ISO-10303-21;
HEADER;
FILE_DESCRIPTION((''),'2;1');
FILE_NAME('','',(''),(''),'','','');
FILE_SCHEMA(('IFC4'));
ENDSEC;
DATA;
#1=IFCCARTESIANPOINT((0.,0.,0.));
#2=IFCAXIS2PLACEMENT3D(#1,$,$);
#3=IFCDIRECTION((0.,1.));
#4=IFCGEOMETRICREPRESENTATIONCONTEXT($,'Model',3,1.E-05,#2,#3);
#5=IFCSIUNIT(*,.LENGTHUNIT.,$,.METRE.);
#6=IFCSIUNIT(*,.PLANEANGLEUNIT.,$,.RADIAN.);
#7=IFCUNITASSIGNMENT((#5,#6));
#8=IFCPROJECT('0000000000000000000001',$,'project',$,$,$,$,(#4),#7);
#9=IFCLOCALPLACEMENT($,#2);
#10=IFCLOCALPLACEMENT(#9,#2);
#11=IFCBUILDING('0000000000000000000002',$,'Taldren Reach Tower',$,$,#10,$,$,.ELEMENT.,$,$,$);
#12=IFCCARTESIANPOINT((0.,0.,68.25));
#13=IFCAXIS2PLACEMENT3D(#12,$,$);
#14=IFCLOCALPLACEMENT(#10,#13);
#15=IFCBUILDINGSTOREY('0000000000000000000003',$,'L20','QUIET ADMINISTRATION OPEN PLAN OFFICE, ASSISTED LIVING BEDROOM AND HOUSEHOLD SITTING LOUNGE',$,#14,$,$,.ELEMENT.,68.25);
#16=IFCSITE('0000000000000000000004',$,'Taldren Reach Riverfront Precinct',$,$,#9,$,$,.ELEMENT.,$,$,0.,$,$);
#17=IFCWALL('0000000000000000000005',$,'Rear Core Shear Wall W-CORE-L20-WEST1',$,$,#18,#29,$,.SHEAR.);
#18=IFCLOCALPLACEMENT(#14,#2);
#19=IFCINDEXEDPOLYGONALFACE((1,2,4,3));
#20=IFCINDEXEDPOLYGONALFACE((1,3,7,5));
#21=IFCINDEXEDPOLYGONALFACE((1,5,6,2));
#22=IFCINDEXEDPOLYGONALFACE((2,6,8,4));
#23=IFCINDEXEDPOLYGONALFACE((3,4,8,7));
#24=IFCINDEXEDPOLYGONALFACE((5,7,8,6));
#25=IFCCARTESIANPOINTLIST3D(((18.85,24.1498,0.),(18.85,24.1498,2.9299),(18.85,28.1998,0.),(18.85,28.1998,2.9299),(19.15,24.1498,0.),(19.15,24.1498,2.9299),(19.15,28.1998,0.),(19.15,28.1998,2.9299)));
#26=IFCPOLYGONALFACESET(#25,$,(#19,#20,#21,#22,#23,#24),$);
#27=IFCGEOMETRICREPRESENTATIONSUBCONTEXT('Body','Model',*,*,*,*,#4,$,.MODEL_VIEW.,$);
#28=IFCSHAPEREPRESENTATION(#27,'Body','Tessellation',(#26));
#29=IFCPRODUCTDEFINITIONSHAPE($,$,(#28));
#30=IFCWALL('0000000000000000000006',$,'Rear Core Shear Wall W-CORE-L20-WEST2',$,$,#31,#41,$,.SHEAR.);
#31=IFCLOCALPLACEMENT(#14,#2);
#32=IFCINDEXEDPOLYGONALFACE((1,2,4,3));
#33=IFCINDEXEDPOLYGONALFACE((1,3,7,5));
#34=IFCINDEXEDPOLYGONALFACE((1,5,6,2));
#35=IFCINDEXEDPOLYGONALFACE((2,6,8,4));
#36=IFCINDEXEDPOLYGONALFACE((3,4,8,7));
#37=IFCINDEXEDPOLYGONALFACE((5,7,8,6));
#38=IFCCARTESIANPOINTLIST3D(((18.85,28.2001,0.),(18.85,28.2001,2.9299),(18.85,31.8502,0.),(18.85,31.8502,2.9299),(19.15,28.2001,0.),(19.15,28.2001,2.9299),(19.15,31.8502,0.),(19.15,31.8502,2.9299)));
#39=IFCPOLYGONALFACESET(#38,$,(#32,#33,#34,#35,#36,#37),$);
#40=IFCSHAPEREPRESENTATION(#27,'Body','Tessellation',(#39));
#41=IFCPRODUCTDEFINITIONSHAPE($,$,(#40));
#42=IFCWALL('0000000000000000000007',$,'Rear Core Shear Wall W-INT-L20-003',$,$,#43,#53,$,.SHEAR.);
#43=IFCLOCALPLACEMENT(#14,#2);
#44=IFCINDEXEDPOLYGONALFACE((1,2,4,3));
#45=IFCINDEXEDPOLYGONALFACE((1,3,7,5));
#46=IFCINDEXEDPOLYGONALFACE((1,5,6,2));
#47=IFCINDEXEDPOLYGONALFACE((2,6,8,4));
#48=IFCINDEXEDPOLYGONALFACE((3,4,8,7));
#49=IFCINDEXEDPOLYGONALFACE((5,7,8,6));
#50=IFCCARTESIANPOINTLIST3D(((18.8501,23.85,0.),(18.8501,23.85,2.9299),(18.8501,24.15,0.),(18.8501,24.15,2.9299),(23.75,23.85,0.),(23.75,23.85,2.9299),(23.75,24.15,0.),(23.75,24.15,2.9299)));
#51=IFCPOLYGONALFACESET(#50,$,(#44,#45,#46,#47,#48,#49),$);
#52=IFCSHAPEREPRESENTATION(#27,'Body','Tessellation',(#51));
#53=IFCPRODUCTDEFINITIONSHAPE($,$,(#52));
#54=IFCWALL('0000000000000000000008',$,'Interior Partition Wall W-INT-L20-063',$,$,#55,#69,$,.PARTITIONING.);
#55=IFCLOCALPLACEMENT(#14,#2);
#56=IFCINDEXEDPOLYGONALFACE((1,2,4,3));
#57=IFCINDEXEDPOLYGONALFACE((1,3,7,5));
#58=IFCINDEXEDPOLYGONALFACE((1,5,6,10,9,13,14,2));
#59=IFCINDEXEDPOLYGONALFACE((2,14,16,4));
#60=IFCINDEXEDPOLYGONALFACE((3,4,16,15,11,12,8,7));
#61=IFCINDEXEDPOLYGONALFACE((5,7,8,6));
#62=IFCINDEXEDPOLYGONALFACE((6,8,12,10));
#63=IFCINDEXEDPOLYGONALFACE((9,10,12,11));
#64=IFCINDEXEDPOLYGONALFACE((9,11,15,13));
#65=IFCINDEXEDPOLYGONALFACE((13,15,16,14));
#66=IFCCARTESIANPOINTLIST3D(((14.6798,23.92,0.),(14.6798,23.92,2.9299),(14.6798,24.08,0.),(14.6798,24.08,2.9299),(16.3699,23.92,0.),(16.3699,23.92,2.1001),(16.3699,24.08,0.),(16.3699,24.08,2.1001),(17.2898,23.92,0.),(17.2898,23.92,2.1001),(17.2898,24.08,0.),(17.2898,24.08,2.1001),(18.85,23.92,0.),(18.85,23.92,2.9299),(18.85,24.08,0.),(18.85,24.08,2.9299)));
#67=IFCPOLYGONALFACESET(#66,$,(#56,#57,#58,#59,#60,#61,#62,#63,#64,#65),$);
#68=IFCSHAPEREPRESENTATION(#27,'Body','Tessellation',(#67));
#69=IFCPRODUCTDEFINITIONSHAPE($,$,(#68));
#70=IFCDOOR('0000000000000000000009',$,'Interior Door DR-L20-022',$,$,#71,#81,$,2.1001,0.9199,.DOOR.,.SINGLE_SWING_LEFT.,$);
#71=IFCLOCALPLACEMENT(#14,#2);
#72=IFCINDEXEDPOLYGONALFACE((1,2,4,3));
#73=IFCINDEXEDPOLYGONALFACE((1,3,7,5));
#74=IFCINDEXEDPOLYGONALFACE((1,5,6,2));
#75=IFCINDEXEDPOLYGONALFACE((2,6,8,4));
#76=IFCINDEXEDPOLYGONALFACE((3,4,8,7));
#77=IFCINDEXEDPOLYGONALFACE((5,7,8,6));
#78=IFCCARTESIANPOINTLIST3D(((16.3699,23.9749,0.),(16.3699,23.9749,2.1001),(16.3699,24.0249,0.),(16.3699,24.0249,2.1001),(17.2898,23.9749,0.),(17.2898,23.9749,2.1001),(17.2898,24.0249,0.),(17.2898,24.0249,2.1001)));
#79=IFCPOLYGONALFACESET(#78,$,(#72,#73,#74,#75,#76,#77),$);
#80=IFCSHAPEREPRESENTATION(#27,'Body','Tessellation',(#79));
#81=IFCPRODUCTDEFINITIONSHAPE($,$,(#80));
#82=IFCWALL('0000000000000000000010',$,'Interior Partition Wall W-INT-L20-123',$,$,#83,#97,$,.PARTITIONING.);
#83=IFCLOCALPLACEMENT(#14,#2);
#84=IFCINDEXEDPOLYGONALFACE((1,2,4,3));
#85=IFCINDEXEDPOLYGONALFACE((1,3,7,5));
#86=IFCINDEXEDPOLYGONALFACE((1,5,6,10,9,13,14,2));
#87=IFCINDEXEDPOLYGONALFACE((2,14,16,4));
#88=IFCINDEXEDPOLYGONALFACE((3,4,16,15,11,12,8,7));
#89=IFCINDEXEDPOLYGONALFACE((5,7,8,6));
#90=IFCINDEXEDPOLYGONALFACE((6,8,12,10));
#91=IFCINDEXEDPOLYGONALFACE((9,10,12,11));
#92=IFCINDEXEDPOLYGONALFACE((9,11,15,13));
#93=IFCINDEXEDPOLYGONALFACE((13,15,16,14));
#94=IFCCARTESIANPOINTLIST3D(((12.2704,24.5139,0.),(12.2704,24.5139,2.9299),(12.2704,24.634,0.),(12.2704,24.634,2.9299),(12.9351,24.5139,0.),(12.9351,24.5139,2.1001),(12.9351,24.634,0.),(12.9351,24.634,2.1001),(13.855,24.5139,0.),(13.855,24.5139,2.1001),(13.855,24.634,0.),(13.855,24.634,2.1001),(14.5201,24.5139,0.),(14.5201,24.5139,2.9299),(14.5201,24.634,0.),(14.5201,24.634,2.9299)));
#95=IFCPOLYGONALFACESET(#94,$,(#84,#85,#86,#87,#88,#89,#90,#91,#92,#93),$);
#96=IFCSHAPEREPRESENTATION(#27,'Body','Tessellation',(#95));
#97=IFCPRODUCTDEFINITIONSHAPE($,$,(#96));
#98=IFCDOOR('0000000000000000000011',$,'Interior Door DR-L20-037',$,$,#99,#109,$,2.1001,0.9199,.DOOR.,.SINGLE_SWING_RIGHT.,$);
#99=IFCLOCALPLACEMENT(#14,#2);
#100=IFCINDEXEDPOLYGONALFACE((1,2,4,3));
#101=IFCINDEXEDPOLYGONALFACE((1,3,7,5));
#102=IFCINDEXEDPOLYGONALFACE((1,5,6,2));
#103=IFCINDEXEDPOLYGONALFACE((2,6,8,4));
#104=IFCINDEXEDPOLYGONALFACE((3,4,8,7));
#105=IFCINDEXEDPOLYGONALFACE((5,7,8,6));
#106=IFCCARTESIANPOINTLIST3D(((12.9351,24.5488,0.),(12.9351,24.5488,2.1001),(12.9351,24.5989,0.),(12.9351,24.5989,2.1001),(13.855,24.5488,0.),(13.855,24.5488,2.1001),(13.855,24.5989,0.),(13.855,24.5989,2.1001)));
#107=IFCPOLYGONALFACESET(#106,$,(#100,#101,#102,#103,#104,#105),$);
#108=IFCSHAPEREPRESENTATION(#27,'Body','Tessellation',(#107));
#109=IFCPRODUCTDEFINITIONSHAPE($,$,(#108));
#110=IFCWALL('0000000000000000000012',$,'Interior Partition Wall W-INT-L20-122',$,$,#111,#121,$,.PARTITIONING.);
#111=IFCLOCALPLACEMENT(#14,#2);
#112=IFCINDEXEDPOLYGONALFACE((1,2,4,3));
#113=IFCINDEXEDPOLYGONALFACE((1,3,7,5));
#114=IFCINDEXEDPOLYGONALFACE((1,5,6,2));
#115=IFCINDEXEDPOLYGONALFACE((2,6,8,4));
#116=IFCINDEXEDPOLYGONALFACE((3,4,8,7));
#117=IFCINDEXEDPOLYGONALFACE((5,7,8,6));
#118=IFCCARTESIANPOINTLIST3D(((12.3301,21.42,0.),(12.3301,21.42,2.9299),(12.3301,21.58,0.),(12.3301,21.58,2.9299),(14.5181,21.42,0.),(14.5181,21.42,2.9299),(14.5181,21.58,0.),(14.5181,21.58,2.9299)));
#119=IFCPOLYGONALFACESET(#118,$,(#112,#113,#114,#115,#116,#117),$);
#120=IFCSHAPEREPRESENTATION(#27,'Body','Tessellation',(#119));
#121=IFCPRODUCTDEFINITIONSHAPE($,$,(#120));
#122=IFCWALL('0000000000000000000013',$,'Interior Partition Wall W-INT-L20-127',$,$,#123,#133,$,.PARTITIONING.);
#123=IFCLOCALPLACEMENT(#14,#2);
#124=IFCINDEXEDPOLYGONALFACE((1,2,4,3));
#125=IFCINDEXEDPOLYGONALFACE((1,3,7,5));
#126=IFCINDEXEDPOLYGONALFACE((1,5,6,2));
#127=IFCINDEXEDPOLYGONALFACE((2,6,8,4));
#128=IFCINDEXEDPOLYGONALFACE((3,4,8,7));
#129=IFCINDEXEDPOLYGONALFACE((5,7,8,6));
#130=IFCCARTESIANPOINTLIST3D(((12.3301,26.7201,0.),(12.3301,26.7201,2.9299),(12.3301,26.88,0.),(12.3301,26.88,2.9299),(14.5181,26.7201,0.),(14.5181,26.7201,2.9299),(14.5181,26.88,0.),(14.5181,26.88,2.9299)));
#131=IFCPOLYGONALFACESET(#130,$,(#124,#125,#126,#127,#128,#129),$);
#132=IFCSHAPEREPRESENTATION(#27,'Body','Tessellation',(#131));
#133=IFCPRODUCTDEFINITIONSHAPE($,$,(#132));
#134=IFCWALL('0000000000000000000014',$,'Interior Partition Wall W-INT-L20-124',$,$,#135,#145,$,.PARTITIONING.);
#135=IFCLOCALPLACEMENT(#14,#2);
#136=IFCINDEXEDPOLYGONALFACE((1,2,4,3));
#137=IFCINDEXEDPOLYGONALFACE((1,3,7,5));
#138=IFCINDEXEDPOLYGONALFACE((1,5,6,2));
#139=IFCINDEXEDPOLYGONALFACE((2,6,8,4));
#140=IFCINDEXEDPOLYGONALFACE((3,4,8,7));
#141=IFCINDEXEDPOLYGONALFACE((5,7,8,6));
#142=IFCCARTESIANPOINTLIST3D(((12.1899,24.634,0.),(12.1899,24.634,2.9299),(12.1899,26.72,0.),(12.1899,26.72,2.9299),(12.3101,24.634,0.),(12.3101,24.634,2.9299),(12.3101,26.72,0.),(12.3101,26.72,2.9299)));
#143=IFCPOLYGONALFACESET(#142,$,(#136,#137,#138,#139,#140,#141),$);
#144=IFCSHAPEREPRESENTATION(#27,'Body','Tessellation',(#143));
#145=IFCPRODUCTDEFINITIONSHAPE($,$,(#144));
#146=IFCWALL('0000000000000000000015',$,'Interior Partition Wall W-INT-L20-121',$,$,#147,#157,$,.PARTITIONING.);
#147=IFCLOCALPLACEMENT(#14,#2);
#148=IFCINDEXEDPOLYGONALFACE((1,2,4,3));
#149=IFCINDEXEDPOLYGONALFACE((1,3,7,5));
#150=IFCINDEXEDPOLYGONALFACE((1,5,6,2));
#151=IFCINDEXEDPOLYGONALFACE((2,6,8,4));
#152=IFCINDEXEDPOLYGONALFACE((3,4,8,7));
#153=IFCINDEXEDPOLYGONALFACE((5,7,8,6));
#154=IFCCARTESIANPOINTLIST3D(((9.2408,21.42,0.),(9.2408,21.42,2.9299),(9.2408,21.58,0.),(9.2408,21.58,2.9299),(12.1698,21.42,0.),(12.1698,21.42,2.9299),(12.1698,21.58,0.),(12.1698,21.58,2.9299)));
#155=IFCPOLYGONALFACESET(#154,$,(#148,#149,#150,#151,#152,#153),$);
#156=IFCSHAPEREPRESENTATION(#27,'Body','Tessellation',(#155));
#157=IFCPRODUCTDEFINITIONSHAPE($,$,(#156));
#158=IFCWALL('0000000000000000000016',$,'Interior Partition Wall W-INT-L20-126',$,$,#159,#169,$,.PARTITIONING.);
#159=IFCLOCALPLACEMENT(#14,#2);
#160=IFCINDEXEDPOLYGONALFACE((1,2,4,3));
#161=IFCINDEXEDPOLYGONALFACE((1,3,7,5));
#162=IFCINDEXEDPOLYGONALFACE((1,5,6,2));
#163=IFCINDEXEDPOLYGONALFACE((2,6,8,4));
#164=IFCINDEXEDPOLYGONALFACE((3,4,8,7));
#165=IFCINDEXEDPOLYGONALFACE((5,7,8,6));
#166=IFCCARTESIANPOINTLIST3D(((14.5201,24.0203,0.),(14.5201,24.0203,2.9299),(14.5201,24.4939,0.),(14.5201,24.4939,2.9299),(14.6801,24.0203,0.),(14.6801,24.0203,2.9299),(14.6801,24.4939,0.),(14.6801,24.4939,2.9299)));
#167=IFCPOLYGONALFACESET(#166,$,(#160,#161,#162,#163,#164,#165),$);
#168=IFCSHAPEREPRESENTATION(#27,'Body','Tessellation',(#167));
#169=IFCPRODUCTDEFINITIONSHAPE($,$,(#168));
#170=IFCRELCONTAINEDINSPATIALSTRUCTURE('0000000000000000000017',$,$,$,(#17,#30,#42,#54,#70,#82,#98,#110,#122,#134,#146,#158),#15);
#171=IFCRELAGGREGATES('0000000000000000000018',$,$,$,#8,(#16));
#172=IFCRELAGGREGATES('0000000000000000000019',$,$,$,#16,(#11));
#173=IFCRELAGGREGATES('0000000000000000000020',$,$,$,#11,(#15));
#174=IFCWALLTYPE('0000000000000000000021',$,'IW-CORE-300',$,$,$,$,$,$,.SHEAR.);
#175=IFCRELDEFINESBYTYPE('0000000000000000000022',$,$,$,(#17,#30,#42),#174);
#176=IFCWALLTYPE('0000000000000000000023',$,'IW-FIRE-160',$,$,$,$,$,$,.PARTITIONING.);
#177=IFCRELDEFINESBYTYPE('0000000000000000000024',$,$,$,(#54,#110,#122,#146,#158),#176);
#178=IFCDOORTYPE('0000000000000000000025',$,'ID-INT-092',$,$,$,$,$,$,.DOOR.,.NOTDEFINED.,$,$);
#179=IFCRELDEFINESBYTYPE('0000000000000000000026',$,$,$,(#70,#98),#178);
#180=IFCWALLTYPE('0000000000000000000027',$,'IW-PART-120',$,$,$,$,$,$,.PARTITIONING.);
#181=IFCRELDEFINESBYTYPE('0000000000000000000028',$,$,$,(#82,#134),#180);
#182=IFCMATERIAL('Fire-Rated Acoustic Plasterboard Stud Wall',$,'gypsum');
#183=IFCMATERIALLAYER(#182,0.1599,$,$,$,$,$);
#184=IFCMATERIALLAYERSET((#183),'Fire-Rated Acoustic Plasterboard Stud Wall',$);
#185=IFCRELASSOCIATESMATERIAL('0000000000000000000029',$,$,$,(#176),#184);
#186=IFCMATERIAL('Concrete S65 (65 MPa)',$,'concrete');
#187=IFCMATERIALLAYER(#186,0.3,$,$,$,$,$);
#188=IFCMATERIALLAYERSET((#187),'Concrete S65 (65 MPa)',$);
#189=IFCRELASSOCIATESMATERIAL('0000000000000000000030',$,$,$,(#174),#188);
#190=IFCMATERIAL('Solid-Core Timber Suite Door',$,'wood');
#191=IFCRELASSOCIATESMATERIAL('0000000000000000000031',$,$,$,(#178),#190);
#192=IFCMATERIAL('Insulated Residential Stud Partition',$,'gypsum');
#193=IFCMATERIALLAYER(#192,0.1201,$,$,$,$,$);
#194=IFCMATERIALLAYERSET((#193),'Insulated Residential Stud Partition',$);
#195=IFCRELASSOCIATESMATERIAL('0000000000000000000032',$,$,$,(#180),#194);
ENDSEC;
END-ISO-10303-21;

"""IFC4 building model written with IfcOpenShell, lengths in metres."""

from ifc_helpers import new_model, si_unit, direction, frame, frame_2d, origin, place, context, subcontext, project, spatial, rectangle, extrude, source, transform, mapped, material, layer, layer_set, type_object, element, fill, save


model = new_model("IFC4")

# Units and contexts
model_context = context("Model", 3, precision=1e-05, world=origin(), true_north=direction((0.0, 1.0)))
body_context = subcontext(model_context, "Body", "Model", "MODEL_VIEW")
ifc_project = project(units=[si_unit("LENGTHUNIT", "METRE"), si_unit("PLANEANGLEUNIT", "RADIAN")], contexts=[model_context])

# Site, building, storey
site_placement = place(None, origin())
site = spatial("IfcSite", under=ifc_project, at=site_placement, Name="Taldren Reach Riverfront Precinct", CompositionType="ELEMENT", RefElevation=0.0)
building_placement = place(site_placement, origin())
building = spatial("IfcBuilding", under=site, at=building_placement, Name="Taldren Reach Tower", CompositionType="ELEMENT")
storey_placement = place(building_placement, frame((0.0, 0.0, 68.25)))
storey = spatial("IfcBuildingStorey", under=building, at=storey_placement, Name="L20", Description="QUIET ADMINISTRATION OPEN PLAN OFFICE, ASSISTED LIVING BEDROOM AND HOUSEHOLD SITTING LOUNGE", CompositionType="ELEMENT", Elevation=68.25)

# Shared definitions
ifc_material_1 = material(Name="Concrete S65 (65 MPa)", Category="concrete")

# Shared definitions
ifc_material_2 = material(Name="Fire-Rated Acoustic Plasterboard Stud Wall", Category="gypsum")
ifc_layer_1 = layer(ifc_material_2, 0.1599)
ifc_layer_set_1 = layer_set([ifc_layer_1], Name="Fire-Rated Acoustic Plasterboard Stud Wall")
wall_type_1 = type_object("IfcWallType", Name="IW-FIRE-160", PredefinedType="PARTITIONING", material=ifc_layer_set_1)

# Walls
ifc_layer_2 = layer(ifc_material_1, 0.3)
ifc_layer_set_2 = layer_set([ifc_layer_2], Name="Concrete S65 (65 MPa)")
wall_type_2 = type_object("IfcWallType", Name="IW-CORE-300", PredefinedType="SHEAR", material=ifc_layer_set_2)
shared_shape_1 = source(origin(), body_context, "Body", "SweptSolid", [
    extrude(rectangle(XDim=4.05, YDim=0.3, at=frame_2d((2.0249, 0.0))), origin(), (0.0, 0.0, 1.0), 2.9299),
])
wall_1_placement = place(storey_placement, frame((19.0, 24.1499, 0.0), z_axis=(0.0, 0.0, 1.0), x_axis=(0.0, 1.0, 0.0)))
element("IfcWall", 1, at=wall_1_placement, inside=storey, type_object=wall_type_2, Name="Rear Core Shear Wall W-CORE-L20-WEST1", PredefinedType="SHEAR", context=body_context, shape_type="MappedRepresentation", body=[
    mapped(shared_shape_1, transform((0.0, 0.0, 0.0), scale=1.0)),
])
shared_shape_2 = source(origin(), body_context, "Body", "SweptSolid", [
    extrude(rectangle(XDim=3.6501, YDim=0.3, at=frame_2d((1.8252, 0.0))), origin(), (0.0, 0.0, 1.0), 2.9299),
])
wall_2_placement = place(storey_placement, frame((19.0, 28.2, 0.0), z_axis=(0.0, 0.0, 1.0), x_axis=(0.0, 1.0, 0.0)))
element("IfcWall", 2, at=wall_2_placement, inside=storey, type_object=wall_type_2, Name="Rear Core Shear Wall W-CORE-L20-WEST2", PredefinedType="SHEAR", context=body_context, shape_type="MappedRepresentation", body=[
    mapped(shared_shape_2, transform((0.0, 0.0, 0.0), scale=1.0)),
])
shared_shape_3 = source(origin(), body_context, "Body", "SweptSolid", [
    extrude(rectangle(XDim=4.8999, YDim=0.3, at=frame_2d((2.45, 0.0))), origin(), (0.0, 0.0, 1.0), 2.9299),
])
wall_3_placement = place(storey_placement, frame((18.8501, 24.0, 0.0), z_axis=(0.0, 0.0, 1.0), x_axis=(1.0, 0.0, 0.0)))
element("IfcWall", 3, at=wall_3_placement, inside=storey, type_object=wall_type_2, Name="Rear Core Shear Wall W-INT-L20-003", PredefinedType="SHEAR", context=body_context, shape_type="MappedRepresentation", body=[
    mapped(shared_shape_3, transform((0.0, 0.0, 0.0), scale=1.0)),
])

# Walls, openings, doors
shared_shape_4 = source(origin(), body_context, "Body", "SweptSolid", [
    extrude(rectangle(XDim=4.1702, YDim=0.1599, at=frame_2d((2.085, 0.0))), origin(), (0.0, 0.0, 1.0), 2.9299),
])
wall_4_placement = place(storey_placement, frame((14.6799, 24.0, 0.0), z_axis=(0.0, 0.0, 1.0), x_axis=(1.0, 0.0, 0.0)))
wall_4 = element("IfcWall", 4, at=wall_4_placement, inside=storey, type_object=wall_type_1, Name="Interior Partition Wall W-INT-L20-063", PredefinedType="PARTITIONING", context=body_context, shape_type="MappedRepresentation", body=[
    mapped(shared_shape_4, transform((0.0, 0.0, 0.0), scale=1.0)),
])
shared_shape_5 = source(origin(), body_context, "Body", "SweptSolid", [
    extrude(rectangle(XDim=0.9199, YDim=2.1001, at=frame_2d((0.46, 1.05))), frame((0.0, 0.0898, 0.0), z_axis=(0.0, -1.0, 0.0), x_axis=(1.0, 0.0, 0.0)), (0.0, 0.0, 1.0), 0.1799),
])
opening_1_placement = place(wall_4_placement, frame((1.6899, 0.0, 0.0)))
opening_1 = element("IfcOpeningElement", 5, at=opening_1_placement, cuts=wall_4, PredefinedType="OPENING", context=body_context, shape_type="MappedRepresentation", body=[
    mapped(shared_shape_5, transform((0.0, 0.0, 0.0), scale=1.0)),
])
ifc_material_3 = material(Name="Solid-Core Timber Suite Door", Category="wood")
door_type_1 = type_object("IfcDoorType", Name="ID-INT-092", OperationType="NOTDEFINED", PredefinedType="DOOR", material=ifc_material_3)
shared_shape_6 = source(origin(), body_context, "Body", "SweptSolid", [
    extrude(rectangle(XDim=0.9199, YDim=2.1001, at=frame_2d((0.46, 1.05))), frame((0.0, 0.0249, 0.0), z_axis=(0.0, -1.0, 0.0), x_axis=(1.0, 0.0, 0.0)), (0.0, 0.0, 1.0), 0.05),
])
door_1_placement = place(opening_1_placement, origin())
door_1 = element("IfcDoor", 6, at=door_1_placement, inside=storey, type_object=door_type_1, Name="Interior Door DR-L20-022", OperationType="SINGLE_SWING_LEFT", OverallHeight=2.1001, OverallWidth=0.9199, PredefinedType="DOOR", context=body_context, shape_type="MappedRepresentation", body=[
    mapped(shared_shape_6, transform((0.0, 0.0, 0.0), scale=1.0)),
])
fill(opening_1, door_1)
ifc_material_4 = material(Name="Insulated Residential Stud Partition", Category="gypsum")
ifc_layer_3 = layer(ifc_material_4, 0.1201)
ifc_layer_set_3 = layer_set([ifc_layer_3], Name="Insulated Residential Stud Partition")
wall_type_3 = type_object("IfcWallType", Name="IW-PART-120", PredefinedType="PARTITIONING", material=ifc_layer_set_3)
shared_shape_7 = source(origin(), body_context, "Body", "SweptSolid", [
    extrude(rectangle(XDim=2.2498, YDim=0.1201, at=frame_2d((1.125, 0.0))), origin(), (0.0, 0.0, 1.0), 2.9299),
])
wall_5_placement = place(storey_placement, frame((12.2703, 24.574, 0.0), z_axis=(0.0, 0.0, 1.0), x_axis=(1.0, 0.0, 0.0)))
wall_5 = element("IfcWall", 7, at=wall_5_placement, inside=storey, type_object=wall_type_3, Name="Interior Partition Wall W-INT-L20-123", PredefinedType="PARTITIONING", context=body_context, shape_type="MappedRepresentation", body=[
    mapped(shared_shape_7, transform((0.0, 0.0, 0.0), scale=1.0)),
])
shared_shape_8 = source(origin(), body_context, "Body", "SweptSolid", [
    extrude(rectangle(XDim=0.9199, YDim=2.1001, at=frame_2d((0.46, 1.05))), frame((0.0, 0.0701, 0.0), z_axis=(0.0, -1.0, 0.0), x_axis=(1.0, 0.0, 0.0)), (0.0, 0.0, 1.0), 0.1401),
])
opening_2_placement = place(wall_5_placement, frame((0.6648, 0.0, 0.0)))
opening_2 = element("IfcOpeningElement", 8, at=opening_2_placement, cuts=wall_5, PredefinedType="OPENING", context=body_context, shape_type="MappedRepresentation", body=[
    mapped(shared_shape_8, transform((0.0, 0.0, 0.0), scale=1.0)),
])
door_2_placement = place(opening_2_placement, origin())
door_2 = element("IfcDoor", 9, at=door_2_placement, inside=storey, type_object=door_type_1, Name="Interior Door DR-L20-037", OperationType="SINGLE_SWING_RIGHT", OverallHeight=2.1001, OverallWidth=0.9199, PredefinedType="DOOR", context=body_context, shape_type="MappedRepresentation", body=[
    mapped(shared_shape_6, transform((0.0, 0.0, 0.0), scale=1.0)),
])
fill(opening_2, door_2)

# Walls
shared_shape_9 = source(origin(), body_context, "Body", "SweptSolid", [
    extrude(rectangle(XDim=2.188, YDim=0.1599, at=frame_2d((1.094, 0.0))), origin(), (0.0, 0.0, 1.0), 2.9299),
])
for number, where, z_axis, x_axis, name in (
    (10, (12.3301, 21.5, 0.0), (0.0, 0.0, 1.0), (1.0, 0.0, 0.0), "Interior Partition Wall W-INT-L20-122"),
    (11, (12.3301, 26.8, 0.0), (0.0, 0.0, 1.0), (1.0, 0.0, 0.0), "Interior Partition Wall W-INT-L20-127"),
):
    element("IfcWall", number, at=place(storey_placement, frame(where, z_axis=z_axis, x_axis=x_axis)), inside=storey, type_object=wall_type_1, Name=name, PredefinedType="PARTITIONING", context=body_context, shape_type="MappedRepresentation", body=[
        mapped(shared_shape_9, transform((0.0, 0.0, 0.0), scale=1.0)),
    ])
shared_shape_10 = source(origin(), body_context, "Body", "SweptSolid", [
    extrude(rectangle(XDim=2.0859, YDim=0.1201, at=frame_2d((1.043, 0.0))), origin(), (0.0, 0.0, 1.0), 2.9299),
])
wall_6_placement = place(storey_placement, frame((12.25, 26.72, 0.0), z_axis=(0.0, 0.0, 1.0), x_axis=(0.0, -1.0, 0.0)))
element("IfcWall", 12, at=wall_6_placement, inside=storey, type_object=wall_type_3, Name="Interior Partition Wall W-INT-L20-124", PredefinedType="PARTITIONING", context=body_context, shape_type="MappedRepresentation", body=[
    mapped(shared_shape_10, transform((0.0, 0.0, 0.0), scale=1.0)),
])
shared_shape_11 = source(origin(), body_context, "Body", "SweptSolid", [
    extrude(rectangle(XDim=2.929, YDim=0.1599, at=frame_2d((1.4644, 0.0))), origin(), (0.0, 0.0, 1.0), 2.9299),
])
wall_7_placement = place(storey_placement, frame((9.241, 21.5, 0.0), z_axis=(0.0, 0.0, 1.0), x_axis=(1.0, 0.0, 0.0)))
element("IfcWall", 13, at=wall_7_placement, inside=storey, type_object=wall_type_1, Name="Interior Partition Wall W-INT-L20-121", PredefinedType="PARTITIONING", context=body_context, shape_type="MappedRepresentation", body=[
    mapped(shared_shape_11, transform((0.0, 0.0, 0.0), scale=1.0)),
])
shared_shape_12 = source(origin(), body_context, "Body", "SweptSolid", [
    extrude(rectangle(XDim=0.4736, YDim=0.1599, at=frame_2d((0.2368, 0.0))), origin(), (0.0, 0.0, 1.0), 2.9299),
])
wall_8_placement = place(storey_placement, frame((14.6001, 24.4939, 0.0), z_axis=(0.0, 0.0, 1.0), x_axis=(0.0, -1.0, 0.0)))
element("IfcWall", 14, at=wall_8_placement, inside=storey, type_object=wall_type_1, Name="Interior Partition Wall W-INT-L20-126", PredefinedType="PARTITIONING", context=body_context, shape_type="MappedRepresentation", body=[
    mapped(shared_shape_12, transform((0.0, 0.0, 0.0), scale=1.0)),
])

save(model, "model.ifc")
